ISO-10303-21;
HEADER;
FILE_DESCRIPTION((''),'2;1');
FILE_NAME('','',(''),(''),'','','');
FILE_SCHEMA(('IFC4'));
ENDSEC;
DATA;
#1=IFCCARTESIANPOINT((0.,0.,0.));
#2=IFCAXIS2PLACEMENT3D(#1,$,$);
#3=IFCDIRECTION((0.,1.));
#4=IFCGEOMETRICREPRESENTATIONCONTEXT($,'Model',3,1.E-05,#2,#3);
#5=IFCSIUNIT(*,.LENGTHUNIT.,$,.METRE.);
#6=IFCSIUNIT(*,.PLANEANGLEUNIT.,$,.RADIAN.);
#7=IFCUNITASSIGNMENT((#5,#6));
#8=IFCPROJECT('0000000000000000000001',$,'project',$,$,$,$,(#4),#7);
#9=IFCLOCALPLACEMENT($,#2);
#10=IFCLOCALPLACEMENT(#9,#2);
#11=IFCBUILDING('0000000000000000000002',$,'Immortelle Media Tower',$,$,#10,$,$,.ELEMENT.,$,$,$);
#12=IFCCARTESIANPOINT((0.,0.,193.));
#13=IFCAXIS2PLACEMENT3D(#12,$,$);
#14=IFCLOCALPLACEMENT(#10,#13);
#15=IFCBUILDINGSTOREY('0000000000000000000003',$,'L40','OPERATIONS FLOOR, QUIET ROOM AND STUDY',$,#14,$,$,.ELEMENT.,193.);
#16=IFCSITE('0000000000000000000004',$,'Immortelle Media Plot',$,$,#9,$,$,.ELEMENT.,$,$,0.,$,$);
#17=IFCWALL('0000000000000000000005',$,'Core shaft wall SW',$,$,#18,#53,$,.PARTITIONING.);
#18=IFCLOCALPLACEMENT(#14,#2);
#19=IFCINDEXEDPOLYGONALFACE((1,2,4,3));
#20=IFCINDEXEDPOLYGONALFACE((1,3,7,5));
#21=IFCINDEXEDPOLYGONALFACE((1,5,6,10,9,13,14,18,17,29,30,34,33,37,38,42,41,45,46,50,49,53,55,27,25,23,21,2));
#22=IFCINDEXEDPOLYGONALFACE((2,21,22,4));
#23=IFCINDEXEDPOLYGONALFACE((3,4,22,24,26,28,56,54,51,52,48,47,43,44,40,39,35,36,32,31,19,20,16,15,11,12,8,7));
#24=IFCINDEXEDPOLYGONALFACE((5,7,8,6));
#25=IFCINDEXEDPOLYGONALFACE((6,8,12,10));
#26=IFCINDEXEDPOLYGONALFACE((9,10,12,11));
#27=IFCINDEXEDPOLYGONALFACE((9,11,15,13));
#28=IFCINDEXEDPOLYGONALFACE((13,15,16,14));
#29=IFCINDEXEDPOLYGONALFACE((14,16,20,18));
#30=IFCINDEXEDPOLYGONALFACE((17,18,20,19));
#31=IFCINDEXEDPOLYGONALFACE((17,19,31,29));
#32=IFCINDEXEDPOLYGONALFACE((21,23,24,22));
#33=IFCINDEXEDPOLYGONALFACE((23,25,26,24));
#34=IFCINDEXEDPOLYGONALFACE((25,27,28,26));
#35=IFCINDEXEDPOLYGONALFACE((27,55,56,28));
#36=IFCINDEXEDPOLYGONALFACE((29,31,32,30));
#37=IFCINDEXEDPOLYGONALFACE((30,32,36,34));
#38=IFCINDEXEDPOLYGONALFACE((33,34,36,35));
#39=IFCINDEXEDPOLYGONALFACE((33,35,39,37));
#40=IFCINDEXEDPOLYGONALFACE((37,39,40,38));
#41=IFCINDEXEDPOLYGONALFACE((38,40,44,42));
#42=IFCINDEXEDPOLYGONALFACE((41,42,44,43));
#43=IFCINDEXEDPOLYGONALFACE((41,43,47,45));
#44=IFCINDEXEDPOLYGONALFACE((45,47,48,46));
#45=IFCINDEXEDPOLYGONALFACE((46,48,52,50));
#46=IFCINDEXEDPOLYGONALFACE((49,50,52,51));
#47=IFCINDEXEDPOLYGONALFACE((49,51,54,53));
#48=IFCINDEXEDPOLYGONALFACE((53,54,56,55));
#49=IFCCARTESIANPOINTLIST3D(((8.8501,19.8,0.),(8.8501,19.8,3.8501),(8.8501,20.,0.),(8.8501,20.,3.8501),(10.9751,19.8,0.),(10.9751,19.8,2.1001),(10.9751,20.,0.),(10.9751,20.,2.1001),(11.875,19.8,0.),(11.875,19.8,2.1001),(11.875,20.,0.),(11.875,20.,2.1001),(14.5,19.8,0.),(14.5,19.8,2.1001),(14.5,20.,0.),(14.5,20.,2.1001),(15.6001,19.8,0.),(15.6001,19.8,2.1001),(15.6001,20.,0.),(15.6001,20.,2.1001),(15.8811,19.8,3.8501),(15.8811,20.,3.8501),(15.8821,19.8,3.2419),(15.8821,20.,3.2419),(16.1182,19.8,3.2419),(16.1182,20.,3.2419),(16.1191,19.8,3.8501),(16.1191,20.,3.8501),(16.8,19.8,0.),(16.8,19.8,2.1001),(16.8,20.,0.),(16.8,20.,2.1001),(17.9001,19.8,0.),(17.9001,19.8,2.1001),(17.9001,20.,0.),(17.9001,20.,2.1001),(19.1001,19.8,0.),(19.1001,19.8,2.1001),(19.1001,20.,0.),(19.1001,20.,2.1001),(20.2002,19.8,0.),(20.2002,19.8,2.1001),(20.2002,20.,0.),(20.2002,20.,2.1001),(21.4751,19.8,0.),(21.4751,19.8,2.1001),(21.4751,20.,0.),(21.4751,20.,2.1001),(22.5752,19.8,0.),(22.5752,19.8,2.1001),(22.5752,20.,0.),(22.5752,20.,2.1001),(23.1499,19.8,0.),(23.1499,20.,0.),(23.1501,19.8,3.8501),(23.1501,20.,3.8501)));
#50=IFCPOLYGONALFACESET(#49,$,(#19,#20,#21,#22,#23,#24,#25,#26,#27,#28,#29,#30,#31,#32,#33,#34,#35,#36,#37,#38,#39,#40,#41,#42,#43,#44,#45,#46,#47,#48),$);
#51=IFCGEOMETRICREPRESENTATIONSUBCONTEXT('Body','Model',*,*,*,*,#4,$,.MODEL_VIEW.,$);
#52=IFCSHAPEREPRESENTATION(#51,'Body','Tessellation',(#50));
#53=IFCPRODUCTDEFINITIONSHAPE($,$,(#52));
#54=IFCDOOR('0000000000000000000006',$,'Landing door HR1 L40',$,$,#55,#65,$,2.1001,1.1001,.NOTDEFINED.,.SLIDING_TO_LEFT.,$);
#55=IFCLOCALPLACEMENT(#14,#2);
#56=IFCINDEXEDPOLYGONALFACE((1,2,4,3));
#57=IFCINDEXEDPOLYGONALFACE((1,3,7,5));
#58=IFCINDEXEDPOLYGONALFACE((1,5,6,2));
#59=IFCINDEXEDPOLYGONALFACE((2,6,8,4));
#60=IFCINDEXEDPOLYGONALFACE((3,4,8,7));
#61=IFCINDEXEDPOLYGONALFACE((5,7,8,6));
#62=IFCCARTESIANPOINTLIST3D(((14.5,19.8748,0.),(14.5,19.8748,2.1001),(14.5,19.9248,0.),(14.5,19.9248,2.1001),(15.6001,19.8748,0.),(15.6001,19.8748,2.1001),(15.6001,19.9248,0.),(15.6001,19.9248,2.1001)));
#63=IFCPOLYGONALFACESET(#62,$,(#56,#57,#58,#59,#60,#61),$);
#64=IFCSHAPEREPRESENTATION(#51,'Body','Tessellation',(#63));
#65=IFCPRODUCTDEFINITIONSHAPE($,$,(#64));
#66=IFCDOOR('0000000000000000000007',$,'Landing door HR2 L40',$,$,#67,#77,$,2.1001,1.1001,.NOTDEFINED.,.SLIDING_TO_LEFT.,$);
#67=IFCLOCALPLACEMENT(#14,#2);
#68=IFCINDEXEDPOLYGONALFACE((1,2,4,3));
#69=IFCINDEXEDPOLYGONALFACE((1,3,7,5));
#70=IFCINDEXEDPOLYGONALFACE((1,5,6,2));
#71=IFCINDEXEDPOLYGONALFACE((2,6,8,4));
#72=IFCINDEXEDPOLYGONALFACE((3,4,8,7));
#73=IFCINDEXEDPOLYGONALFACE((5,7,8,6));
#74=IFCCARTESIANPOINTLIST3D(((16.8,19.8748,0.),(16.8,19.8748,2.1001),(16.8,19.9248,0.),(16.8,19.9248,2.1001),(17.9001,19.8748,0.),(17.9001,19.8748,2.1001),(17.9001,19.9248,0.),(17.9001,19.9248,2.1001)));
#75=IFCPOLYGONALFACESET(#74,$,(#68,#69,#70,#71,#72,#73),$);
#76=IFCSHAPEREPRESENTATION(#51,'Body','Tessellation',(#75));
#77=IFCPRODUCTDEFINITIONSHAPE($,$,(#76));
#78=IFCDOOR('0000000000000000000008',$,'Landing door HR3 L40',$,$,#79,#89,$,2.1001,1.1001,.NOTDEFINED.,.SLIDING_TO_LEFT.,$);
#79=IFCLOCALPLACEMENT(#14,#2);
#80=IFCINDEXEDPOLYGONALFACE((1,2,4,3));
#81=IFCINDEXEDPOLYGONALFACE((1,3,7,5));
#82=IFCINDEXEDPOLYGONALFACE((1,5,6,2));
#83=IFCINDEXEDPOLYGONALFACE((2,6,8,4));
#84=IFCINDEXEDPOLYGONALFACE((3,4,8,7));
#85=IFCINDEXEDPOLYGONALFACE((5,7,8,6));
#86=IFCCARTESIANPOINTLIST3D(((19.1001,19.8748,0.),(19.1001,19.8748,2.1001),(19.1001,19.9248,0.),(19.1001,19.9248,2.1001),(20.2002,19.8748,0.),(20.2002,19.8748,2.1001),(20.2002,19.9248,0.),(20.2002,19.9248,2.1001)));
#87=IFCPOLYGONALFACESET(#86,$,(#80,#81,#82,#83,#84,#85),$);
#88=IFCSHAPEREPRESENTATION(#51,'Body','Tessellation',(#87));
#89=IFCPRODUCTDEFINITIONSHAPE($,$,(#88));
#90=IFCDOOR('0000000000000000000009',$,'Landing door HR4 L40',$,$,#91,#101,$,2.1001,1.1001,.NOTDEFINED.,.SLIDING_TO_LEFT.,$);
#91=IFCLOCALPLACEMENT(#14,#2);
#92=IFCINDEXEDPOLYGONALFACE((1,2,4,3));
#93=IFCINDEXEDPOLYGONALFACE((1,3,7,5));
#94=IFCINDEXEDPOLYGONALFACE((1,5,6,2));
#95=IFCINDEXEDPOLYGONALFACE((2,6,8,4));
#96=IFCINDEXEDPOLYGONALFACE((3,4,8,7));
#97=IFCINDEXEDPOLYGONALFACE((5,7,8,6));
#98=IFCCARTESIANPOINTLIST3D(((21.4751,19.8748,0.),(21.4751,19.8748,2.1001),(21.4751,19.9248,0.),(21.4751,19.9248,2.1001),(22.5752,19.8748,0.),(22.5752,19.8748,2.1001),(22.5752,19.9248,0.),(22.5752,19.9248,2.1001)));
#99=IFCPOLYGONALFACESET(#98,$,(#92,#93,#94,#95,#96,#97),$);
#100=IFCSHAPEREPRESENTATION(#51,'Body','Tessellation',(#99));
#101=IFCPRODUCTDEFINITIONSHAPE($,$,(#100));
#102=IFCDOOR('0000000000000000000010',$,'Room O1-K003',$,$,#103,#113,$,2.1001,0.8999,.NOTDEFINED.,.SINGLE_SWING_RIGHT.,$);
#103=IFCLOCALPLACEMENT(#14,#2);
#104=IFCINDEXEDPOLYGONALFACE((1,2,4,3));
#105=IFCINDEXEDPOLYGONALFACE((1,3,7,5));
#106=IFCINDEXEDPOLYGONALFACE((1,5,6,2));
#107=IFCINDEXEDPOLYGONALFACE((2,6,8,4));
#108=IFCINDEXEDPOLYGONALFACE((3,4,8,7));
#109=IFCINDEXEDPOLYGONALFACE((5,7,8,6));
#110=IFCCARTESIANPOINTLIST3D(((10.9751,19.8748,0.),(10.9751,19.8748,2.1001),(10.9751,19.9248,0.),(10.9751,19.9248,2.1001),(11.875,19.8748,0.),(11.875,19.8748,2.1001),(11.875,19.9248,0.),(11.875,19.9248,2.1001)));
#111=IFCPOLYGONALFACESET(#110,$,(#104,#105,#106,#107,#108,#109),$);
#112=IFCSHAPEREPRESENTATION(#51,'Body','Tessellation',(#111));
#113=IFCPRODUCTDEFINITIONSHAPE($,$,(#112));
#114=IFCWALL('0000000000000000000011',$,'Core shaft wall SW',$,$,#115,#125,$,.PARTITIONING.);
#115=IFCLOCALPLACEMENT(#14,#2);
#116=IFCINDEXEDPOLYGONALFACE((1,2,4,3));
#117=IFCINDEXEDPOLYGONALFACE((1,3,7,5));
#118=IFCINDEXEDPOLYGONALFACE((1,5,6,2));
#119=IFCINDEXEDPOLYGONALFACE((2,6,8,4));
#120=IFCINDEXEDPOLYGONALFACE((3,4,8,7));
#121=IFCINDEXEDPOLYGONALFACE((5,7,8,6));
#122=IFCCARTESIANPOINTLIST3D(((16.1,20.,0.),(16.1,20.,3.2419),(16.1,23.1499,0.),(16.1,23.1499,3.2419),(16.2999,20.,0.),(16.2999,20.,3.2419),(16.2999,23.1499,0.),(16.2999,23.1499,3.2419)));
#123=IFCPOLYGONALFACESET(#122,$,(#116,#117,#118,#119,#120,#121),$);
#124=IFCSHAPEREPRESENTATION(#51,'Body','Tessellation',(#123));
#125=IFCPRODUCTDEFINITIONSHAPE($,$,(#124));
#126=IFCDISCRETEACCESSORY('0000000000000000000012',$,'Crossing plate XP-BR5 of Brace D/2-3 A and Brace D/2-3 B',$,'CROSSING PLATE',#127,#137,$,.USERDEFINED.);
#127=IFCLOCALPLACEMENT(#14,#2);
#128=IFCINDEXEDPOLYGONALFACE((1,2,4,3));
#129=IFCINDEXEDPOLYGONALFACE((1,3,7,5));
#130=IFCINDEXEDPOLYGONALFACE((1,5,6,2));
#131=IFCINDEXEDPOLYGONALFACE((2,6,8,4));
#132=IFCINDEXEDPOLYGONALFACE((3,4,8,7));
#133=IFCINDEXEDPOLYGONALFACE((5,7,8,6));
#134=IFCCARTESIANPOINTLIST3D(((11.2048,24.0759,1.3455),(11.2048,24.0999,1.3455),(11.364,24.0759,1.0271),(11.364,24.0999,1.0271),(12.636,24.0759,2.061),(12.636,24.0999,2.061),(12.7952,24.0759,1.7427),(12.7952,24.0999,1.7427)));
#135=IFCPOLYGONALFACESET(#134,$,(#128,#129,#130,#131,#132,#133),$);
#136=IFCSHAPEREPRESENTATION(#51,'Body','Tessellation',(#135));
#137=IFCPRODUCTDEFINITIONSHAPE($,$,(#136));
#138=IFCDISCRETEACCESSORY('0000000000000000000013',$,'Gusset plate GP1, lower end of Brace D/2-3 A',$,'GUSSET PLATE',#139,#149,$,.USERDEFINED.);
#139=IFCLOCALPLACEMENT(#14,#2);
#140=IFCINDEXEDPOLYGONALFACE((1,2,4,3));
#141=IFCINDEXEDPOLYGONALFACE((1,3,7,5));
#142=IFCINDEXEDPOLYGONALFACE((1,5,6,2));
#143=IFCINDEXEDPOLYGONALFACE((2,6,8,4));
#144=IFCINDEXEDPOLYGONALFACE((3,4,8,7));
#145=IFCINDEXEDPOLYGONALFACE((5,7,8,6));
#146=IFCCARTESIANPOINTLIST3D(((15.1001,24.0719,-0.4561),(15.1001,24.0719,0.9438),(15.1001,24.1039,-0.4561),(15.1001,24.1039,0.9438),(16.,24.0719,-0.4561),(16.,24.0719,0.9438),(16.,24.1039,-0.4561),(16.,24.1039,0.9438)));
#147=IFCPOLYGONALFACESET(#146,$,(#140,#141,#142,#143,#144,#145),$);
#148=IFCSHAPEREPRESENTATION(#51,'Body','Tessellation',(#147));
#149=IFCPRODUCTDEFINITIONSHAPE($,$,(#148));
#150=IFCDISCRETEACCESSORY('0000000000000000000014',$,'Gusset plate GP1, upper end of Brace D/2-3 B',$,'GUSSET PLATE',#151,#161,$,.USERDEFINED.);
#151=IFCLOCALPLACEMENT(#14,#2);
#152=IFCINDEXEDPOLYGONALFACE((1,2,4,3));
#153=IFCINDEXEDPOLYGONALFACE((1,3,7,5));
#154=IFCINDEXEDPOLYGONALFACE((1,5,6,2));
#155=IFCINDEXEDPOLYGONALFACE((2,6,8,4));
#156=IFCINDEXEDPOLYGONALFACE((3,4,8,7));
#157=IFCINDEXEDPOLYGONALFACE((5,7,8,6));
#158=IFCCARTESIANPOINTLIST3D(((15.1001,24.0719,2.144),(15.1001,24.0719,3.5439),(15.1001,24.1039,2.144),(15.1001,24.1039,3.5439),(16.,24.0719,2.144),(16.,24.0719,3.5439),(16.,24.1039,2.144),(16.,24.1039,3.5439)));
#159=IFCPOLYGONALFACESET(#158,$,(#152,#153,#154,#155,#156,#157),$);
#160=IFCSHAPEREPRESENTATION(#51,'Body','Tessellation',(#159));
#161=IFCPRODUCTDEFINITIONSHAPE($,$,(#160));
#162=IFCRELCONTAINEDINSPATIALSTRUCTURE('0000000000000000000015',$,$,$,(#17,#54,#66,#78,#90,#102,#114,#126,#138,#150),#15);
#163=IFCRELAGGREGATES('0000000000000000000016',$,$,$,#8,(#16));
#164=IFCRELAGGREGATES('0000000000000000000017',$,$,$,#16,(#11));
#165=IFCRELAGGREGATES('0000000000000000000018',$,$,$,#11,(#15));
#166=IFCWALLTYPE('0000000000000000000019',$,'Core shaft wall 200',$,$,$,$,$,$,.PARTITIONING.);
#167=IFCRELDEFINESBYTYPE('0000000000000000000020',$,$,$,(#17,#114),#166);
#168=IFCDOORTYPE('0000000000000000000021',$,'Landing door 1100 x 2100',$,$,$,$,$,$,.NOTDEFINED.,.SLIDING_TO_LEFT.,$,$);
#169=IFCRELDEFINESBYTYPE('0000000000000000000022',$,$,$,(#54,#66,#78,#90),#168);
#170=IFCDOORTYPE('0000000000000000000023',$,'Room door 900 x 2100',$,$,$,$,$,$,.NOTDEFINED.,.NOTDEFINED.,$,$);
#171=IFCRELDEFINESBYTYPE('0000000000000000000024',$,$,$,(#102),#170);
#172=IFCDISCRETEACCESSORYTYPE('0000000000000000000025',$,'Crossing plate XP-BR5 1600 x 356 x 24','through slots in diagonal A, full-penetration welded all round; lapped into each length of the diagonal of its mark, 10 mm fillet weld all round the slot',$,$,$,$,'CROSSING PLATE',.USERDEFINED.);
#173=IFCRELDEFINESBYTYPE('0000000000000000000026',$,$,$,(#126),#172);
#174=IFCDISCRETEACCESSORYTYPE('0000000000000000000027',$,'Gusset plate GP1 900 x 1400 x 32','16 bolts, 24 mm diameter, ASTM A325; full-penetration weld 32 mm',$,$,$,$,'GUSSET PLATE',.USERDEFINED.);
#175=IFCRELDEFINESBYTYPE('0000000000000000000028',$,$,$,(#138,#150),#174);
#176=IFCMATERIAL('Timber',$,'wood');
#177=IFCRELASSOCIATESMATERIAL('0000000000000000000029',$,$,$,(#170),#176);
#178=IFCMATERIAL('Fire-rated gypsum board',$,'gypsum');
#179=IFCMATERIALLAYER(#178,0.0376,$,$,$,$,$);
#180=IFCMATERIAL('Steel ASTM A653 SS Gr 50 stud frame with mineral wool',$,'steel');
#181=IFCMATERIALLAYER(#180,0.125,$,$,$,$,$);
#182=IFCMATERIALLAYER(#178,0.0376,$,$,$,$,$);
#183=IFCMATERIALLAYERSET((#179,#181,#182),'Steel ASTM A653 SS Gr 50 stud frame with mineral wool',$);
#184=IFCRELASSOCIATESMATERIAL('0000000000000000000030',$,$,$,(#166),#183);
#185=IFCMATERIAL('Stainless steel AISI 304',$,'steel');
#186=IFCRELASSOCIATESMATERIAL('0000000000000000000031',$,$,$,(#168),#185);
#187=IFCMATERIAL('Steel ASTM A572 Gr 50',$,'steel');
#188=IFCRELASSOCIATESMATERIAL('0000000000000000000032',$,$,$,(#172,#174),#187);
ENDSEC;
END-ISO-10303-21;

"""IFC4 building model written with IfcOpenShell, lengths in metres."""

from ifc_helpers import new_model, si_unit, direction, frame, frame_2d, origin, origin_2d, place, context, subcontext, project, spatial, polyline, rectangle, outline, extrude, material, layer, layer_set, material_profile, profile_set, type_object, element, fill, save


model = new_model("IFC4")

# Units and contexts
model_context = context("Model", 3, precision=1e-05, world=origin(), true_north=direction((0.0, 1.0)))
body_context = subcontext(model_context, "Body", "Model", "MODEL_VIEW")
ifc_project = project(units=[si_unit("LENGTHUNIT", "METRE"), si_unit("PLANEANGLEUNIT", "RADIAN")], contexts=[model_context])

# Site, building, storey
site_placement = place(None, origin())
site = spatial("IfcSite", under=ifc_project, at=site_placement, Name="Immortelle Media Plot", CompositionType="ELEMENT", RefElevation=0.0)
building_placement = place(site_placement, origin())
building = spatial("IfcBuilding", under=site, at=building_placement, Name="Immortelle Media Tower", CompositionType="ELEMENT")
storey_placement = place(building_placement, frame((0.0, 0.0, 193.0)))
storey = spatial("IfcBuildingStorey", under=building, at=storey_placement, Name="L40", Description="OPERATIONS FLOOR, QUIET ROOM AND STUDY", CompositionType="ELEMENT", Elevation=193.0)

# Shared definitions
ifc_material_1 = material(Name="Timber", Category="wood")

# Shared definitions
ifc_material_2 = material(Name="Fire-rated gypsum board", Category="gypsum")
ifc_material_3 = material(Name="Steel ASTM A653 SS Gr 50 stud frame with mineral wool", Category="steel")

# Shared definitions
door_type_1 = type_object("IfcDoorType", Name="Room door 900 x 2100", OperationType="NOTDEFINED", PredefinedType="NOTDEFINED", material=ifc_material_1)

# Wall, openings, doors
ifc_layer_1 = layer(ifc_material_2, 0.0376)
ifc_layer_2 = layer(ifc_material_3, 0.125)
ifc_layer_3 = layer(ifc_material_2, 0.0376)
ifc_layer_set_1 = layer_set([ifc_layer_1, ifc_layer_2, ifc_layer_3], Name="Steel ASTM A653 SS Gr 50 stud frame with mineral wool")
wall_type_1 = type_object("IfcWallType", Name="Core shaft wall 200", PredefinedType="PARTITIONING", material=ifc_layer_set_1)
wall_1_placement = place(storey_placement, frame((8.8501, 19.8999, 0.0), z_axis=(0.0, 0.0, 1.0), x_axis=(1.0, 0.0, 0.0)))
wall_1 = element("IfcWall", 1, at=wall_1_placement, inside=storey, type_object=wall_type_1, Name="Core shaft wall SW", PredefinedType="PARTITIONING", context=body_context, shape_type="SweptSolid", body=[
    extrude(outline(polyline([(0.0, 0.0), (14.2998, 0.0), (14.3, 3.8501), (7.269, 3.8501), (7.2681, 3.2419), (7.032, 3.2419), (7.031, 3.8501), (0.0, 3.8501), (0.0, 0.0)])), frame((0.0, 0.1001, 0.0), z_axis=(0.0, -1.0, 0.0), x_axis=(1.0, 0.0, 0.0)), (0.0, 0.0, 1.0), 0.2),
])
opening_1_placement = place(wall_1_placement, frame((2.125, 0.0, 0.0)))
opening_1 = element("IfcOpeningElement", 2, at=opening_1_placement, cuts=wall_1, PredefinedType="OPENING", context=body_context, shape_type="SweptSolid", body=[
    extrude(rectangle(XDim=0.8999, YDim=2.1001, at=frame_2d((0.45, 1.05))), frame((0.0, 0.1099, 0.0), z_axis=(0.0, -1.0, 0.0), x_axis=(1.0, 0.0, 0.0)), (0.0, 0.0, 1.0), 0.22),
])
opening_2_placement = place(wall_1_placement, frame((5.6499, 0.0, 0.0)))
opening_2 = element("IfcOpeningElement", 3, at=opening_2_placement, cuts=wall_1, PredefinedType="OPENING", context=body_context, shape_type="SweptSolid", body=[
    extrude(rectangle(XDim=1.1001, YDim=2.1001, at=frame_2d((0.55, 1.05))), frame((0.0, 0.1099, 0.0), z_axis=(0.0, -1.0, 0.0), x_axis=(1.0, 0.0, 0.0)), (0.0, 0.0, 1.0), 0.22),
])
opening_3_placement = place(wall_1_placement, frame((7.95, 0.0, 0.0)))
opening_3 = element("IfcOpeningElement", 4, at=opening_3_placement, cuts=wall_1, PredefinedType="OPENING", context=body_context, shape_type="SweptSolid", body=[
    extrude(rectangle(XDim=1.1001, YDim=2.1001, at=frame_2d((0.55, 1.05))), frame((0.0, 0.1099, 0.0), z_axis=(0.0, -1.0, 0.0), x_axis=(1.0, 0.0, 0.0)), (0.0, 0.0, 1.0), 0.22),
])
opening_4_placement = place(wall_1_placement, frame((10.25, 0.0, 0.0)))
opening_4 = element("IfcOpeningElement", 5, at=opening_4_placement, cuts=wall_1, PredefinedType="OPENING", context=body_context, shape_type="SweptSolid", body=[
    extrude(rectangle(XDim=1.1001, YDim=2.1001, at=frame_2d((0.55, 1.05))), frame((0.0, 0.1099, 0.0), z_axis=(0.0, -1.0, 0.0), x_axis=(1.0, 0.0, 0.0)), (0.0, 0.0, 1.0), 0.22),
])
opening_5_placement = place(wall_1_placement, frame((12.625, 0.0, 0.0)))
opening_5 = element("IfcOpeningElement", 6, at=opening_5_placement, cuts=wall_1, PredefinedType="OPENING", context=body_context, shape_type="SweptSolid", body=[
    extrude(rectangle(XDim=1.1001, YDim=2.1001, at=frame_2d((0.55, 1.05))), frame((0.0, 0.1099, 0.0), z_axis=(0.0, -1.0, 0.0), x_axis=(1.0, 0.0, 0.0)), (0.0, 0.0, 1.0), 0.22),
])
ifc_material_4 = material(Name="Stainless steel AISI 304", Category="steel")
door_type_2 = type_object("IfcDoorType", Name="Landing door 1100 x 2100", OperationType="SLIDING_TO_LEFT", PredefinedType="NOTDEFINED", material=ifc_material_4)
door_1_placement = place(opening_2_placement, origin())
door_1 = element("IfcDoor", 7, at=door_1_placement, inside=storey, type_object=door_type_2, Name="Landing door HR1 L40", OperationType="SLIDING_TO_LEFT", OverallHeight=2.1001, OverallWidth=1.1001, PredefinedType="NOTDEFINED", context=body_context, shape_type="SweptSolid", body=[
    extrude(rectangle(XDim=1.1001, YDim=2.1001, at=frame_2d((0.55, 1.05))), frame((0.0, 0.0249, 0.0), z_axis=(0.0, -1.0, 0.0), x_axis=(1.0, 0.0, 0.0)), (0.0, 0.0, 1.0), 0.05),
])
fill(opening_2, door_1)
door_2_placement = place(opening_3_placement, origin())
door_2 = element("IfcDoor", 8, at=door_2_placement, inside=storey, type_object=door_type_2, Name="Landing door HR2 L40", OperationType="SLIDING_TO_LEFT", OverallHeight=2.1001, OverallWidth=1.1001, PredefinedType="NOTDEFINED", context=body_context, shape_type="SweptSolid", body=[
    extrude(rectangle(XDim=1.1001, YDim=2.1001, at=frame_2d((0.55, 1.05))), frame((0.0, 0.0249, 0.0), z_axis=(0.0, -1.0, 0.0), x_axis=(1.0, 0.0, 0.0)), (0.0, 0.0, 1.0), 0.05),
])
fill(opening_3, door_2)
door_3_placement = place(opening_4_placement, origin())
door_3 = element("IfcDoor", 9, at=door_3_placement, inside=storey, type_object=door_type_2, Name="Landing door HR3 L40", OperationType="SLIDING_TO_LEFT", OverallHeight=2.1001, OverallWidth=1.1001, PredefinedType="NOTDEFINED", context=body_context, shape_type="SweptSolid", body=[
    extrude(rectangle(XDim=1.1001, YDim=2.1001, at=frame_2d((0.55, 1.05))), frame((0.0, 0.0249, 0.0), z_axis=(0.0, -1.0, 0.0), x_axis=(1.0, 0.0, 0.0)), (0.0, 0.0, 1.0), 0.05),
])
fill(opening_4, door_3)
door_4_placement = place(opening_5_placement, origin())
door_4 = element("IfcDoor", 10, at=door_4_placement, inside=storey, type_object=door_type_2, Name="Landing door HR4 L40", OperationType="SLIDING_TO_LEFT", OverallHeight=2.1001, OverallWidth=1.1001, PredefinedType="NOTDEFINED", context=body_context, shape_type="SweptSolid", body=[
    extrude(rectangle(XDim=1.1001, YDim=2.1001, at=frame_2d((0.55, 1.05))), frame((0.0, 0.0249, 0.0), z_axis=(0.0, -1.0, 0.0), x_axis=(1.0, 0.0, 0.0)), (0.0, 0.0, 1.0), 0.05),
])
fill(opening_5, door_4)
door_5_placement = place(opening_1_placement, origin())
door_5 = element("IfcDoor", 11, at=door_5_placement, inside=storey, type_object=door_type_1, Name="Room O1-K003", OperationType="SINGLE_SWING_RIGHT", OverallHeight=2.1001, OverallWidth=0.8999, PredefinedType="NOTDEFINED", context=body_context, shape_type="SweptSolid", body=[
    extrude(rectangle(XDim=0.8999, YDim=2.1001, at=frame_2d((0.45, 1.05))), frame((0.0, 0.0249, 0.0), z_axis=(0.0, -1.0, 0.0), x_axis=(1.0, 0.0, 0.0)), (0.0, 0.0, 1.0), 0.05),
])
fill(opening_1, door_5)

# Wall
wall_2_placement = place(storey_placement, frame((16.2, 20.0, 0.0), z_axis=(0.0, 0.0, 1.0), x_axis=(0.0, 1.0, 0.0)))
element("IfcWall", 12, at=wall_2_placement, inside=storey, type_object=wall_type_1, Name="Core shaft wall SW", PredefinedType="PARTITIONING", context=body_context, shape_type="SweptSolid", body=[
    extrude(rectangle(XDim=3.1499, YDim=0.2, at=frame_2d((1.575, 0.0))), origin(), (0.0, 0.0, 1.0), 3.2419),
])

# Discrete accessories
ifc_material_5 = material(Name="Steel ASTM A572 Gr 50", Category="steel")
ifc_material_profile_1 = material_profile(ifc_material_5, rectangle(XDim=0.0239, YDim=0.356, at=origin_2d()), Name="PL 24 x 356")
ifc_profile_set_1 = profile_set([ifc_material_profile_1], Name="Steel ASTM A572 Gr 50")
discrete_accessory_type_1 = type_object("IfcDiscreteAccessoryType", Name="Crossing plate XP-BR5 1600 x 356 x 24", Description="through slots in diagonal A, full-penetration welded all round; lapped into each length of the diagonal of its mark, 10 mm fillet weld all round the slot", ElementType="CROSSING PLATE", PredefinedType="USERDEFINED", material=ifc_profile_set_1)
discrete_accessory_placement = place(storey_placement, frame((12.7156, 24.0879, 1.9019), z_axis=(-0.894427, 0.0, -0.447214), x_axis=(0.0, -1.0, 0.0)))
element("IfcDiscreteAccessory", 13, at=discrete_accessory_placement, inside=storey, type_object=discrete_accessory_type_1, Name="Crossing plate XP-BR5 of Brace D/2-3 A and Brace D/2-3 B", ObjectType="CROSSING PLATE", PredefinedType="USERDEFINED", context=body_context, shape_type="SweptSolid", body=[
    extrude(rectangle(XDim=0.0239, YDim=0.356, at=origin_2d()), origin(), (0.0, 0.0, 1.0), 1.6001),
])
ifc_material_profile_2 = material_profile(ifc_material_5, rectangle(XDim=0.032, YDim=1.3999, at=origin_2d()), Name="PL 32 x 1400")
ifc_profile_set_2 = profile_set([ifc_material_profile_2], Name="Steel ASTM A572 Gr 50")
discrete_accessory_type_2 = type_object("IfcDiscreteAccessoryType", Name="Gusset plate GP1 900 x 1400 x 32", Description="16 bolts, 24 mm diameter, ASTM A325; full-penetration weld 32 mm", ElementType="GUSSET PLATE", PredefinedType="USERDEFINED", material=ifc_profile_set_2)
for number, where, z_axis, x_axis, name in (
    (14, (16.0, 24.0879, 0.2439), (-1.0, 0.0, 0.0), (0.0, -1.0, 0.0), "Gusset plate GP1, lower end of Brace D/2-3 A"),
    (15, (16.0, 24.0879, 2.844), (-1.0, 0.0, 0.0), (0.0, -1.0, 0.0), "Gusset plate GP1, upper end of Brace D/2-3 B"),
):
    element("IfcDiscreteAccessory", number, at=place(storey_placement, frame(where, z_axis=z_axis, x_axis=x_axis)), inside=storey, type_object=discrete_accessory_type_2, Name=name, ObjectType="GUSSET PLATE", PredefinedType="USERDEFINED", context=body_context, shape_type="SweptSolid", body=[
        extrude(rectangle(XDim=0.032, YDim=1.3999, at=origin_2d()), origin(), (0.0, 0.0, 1.0), 0.8999),
    ])

save(model, "model.ifc")
